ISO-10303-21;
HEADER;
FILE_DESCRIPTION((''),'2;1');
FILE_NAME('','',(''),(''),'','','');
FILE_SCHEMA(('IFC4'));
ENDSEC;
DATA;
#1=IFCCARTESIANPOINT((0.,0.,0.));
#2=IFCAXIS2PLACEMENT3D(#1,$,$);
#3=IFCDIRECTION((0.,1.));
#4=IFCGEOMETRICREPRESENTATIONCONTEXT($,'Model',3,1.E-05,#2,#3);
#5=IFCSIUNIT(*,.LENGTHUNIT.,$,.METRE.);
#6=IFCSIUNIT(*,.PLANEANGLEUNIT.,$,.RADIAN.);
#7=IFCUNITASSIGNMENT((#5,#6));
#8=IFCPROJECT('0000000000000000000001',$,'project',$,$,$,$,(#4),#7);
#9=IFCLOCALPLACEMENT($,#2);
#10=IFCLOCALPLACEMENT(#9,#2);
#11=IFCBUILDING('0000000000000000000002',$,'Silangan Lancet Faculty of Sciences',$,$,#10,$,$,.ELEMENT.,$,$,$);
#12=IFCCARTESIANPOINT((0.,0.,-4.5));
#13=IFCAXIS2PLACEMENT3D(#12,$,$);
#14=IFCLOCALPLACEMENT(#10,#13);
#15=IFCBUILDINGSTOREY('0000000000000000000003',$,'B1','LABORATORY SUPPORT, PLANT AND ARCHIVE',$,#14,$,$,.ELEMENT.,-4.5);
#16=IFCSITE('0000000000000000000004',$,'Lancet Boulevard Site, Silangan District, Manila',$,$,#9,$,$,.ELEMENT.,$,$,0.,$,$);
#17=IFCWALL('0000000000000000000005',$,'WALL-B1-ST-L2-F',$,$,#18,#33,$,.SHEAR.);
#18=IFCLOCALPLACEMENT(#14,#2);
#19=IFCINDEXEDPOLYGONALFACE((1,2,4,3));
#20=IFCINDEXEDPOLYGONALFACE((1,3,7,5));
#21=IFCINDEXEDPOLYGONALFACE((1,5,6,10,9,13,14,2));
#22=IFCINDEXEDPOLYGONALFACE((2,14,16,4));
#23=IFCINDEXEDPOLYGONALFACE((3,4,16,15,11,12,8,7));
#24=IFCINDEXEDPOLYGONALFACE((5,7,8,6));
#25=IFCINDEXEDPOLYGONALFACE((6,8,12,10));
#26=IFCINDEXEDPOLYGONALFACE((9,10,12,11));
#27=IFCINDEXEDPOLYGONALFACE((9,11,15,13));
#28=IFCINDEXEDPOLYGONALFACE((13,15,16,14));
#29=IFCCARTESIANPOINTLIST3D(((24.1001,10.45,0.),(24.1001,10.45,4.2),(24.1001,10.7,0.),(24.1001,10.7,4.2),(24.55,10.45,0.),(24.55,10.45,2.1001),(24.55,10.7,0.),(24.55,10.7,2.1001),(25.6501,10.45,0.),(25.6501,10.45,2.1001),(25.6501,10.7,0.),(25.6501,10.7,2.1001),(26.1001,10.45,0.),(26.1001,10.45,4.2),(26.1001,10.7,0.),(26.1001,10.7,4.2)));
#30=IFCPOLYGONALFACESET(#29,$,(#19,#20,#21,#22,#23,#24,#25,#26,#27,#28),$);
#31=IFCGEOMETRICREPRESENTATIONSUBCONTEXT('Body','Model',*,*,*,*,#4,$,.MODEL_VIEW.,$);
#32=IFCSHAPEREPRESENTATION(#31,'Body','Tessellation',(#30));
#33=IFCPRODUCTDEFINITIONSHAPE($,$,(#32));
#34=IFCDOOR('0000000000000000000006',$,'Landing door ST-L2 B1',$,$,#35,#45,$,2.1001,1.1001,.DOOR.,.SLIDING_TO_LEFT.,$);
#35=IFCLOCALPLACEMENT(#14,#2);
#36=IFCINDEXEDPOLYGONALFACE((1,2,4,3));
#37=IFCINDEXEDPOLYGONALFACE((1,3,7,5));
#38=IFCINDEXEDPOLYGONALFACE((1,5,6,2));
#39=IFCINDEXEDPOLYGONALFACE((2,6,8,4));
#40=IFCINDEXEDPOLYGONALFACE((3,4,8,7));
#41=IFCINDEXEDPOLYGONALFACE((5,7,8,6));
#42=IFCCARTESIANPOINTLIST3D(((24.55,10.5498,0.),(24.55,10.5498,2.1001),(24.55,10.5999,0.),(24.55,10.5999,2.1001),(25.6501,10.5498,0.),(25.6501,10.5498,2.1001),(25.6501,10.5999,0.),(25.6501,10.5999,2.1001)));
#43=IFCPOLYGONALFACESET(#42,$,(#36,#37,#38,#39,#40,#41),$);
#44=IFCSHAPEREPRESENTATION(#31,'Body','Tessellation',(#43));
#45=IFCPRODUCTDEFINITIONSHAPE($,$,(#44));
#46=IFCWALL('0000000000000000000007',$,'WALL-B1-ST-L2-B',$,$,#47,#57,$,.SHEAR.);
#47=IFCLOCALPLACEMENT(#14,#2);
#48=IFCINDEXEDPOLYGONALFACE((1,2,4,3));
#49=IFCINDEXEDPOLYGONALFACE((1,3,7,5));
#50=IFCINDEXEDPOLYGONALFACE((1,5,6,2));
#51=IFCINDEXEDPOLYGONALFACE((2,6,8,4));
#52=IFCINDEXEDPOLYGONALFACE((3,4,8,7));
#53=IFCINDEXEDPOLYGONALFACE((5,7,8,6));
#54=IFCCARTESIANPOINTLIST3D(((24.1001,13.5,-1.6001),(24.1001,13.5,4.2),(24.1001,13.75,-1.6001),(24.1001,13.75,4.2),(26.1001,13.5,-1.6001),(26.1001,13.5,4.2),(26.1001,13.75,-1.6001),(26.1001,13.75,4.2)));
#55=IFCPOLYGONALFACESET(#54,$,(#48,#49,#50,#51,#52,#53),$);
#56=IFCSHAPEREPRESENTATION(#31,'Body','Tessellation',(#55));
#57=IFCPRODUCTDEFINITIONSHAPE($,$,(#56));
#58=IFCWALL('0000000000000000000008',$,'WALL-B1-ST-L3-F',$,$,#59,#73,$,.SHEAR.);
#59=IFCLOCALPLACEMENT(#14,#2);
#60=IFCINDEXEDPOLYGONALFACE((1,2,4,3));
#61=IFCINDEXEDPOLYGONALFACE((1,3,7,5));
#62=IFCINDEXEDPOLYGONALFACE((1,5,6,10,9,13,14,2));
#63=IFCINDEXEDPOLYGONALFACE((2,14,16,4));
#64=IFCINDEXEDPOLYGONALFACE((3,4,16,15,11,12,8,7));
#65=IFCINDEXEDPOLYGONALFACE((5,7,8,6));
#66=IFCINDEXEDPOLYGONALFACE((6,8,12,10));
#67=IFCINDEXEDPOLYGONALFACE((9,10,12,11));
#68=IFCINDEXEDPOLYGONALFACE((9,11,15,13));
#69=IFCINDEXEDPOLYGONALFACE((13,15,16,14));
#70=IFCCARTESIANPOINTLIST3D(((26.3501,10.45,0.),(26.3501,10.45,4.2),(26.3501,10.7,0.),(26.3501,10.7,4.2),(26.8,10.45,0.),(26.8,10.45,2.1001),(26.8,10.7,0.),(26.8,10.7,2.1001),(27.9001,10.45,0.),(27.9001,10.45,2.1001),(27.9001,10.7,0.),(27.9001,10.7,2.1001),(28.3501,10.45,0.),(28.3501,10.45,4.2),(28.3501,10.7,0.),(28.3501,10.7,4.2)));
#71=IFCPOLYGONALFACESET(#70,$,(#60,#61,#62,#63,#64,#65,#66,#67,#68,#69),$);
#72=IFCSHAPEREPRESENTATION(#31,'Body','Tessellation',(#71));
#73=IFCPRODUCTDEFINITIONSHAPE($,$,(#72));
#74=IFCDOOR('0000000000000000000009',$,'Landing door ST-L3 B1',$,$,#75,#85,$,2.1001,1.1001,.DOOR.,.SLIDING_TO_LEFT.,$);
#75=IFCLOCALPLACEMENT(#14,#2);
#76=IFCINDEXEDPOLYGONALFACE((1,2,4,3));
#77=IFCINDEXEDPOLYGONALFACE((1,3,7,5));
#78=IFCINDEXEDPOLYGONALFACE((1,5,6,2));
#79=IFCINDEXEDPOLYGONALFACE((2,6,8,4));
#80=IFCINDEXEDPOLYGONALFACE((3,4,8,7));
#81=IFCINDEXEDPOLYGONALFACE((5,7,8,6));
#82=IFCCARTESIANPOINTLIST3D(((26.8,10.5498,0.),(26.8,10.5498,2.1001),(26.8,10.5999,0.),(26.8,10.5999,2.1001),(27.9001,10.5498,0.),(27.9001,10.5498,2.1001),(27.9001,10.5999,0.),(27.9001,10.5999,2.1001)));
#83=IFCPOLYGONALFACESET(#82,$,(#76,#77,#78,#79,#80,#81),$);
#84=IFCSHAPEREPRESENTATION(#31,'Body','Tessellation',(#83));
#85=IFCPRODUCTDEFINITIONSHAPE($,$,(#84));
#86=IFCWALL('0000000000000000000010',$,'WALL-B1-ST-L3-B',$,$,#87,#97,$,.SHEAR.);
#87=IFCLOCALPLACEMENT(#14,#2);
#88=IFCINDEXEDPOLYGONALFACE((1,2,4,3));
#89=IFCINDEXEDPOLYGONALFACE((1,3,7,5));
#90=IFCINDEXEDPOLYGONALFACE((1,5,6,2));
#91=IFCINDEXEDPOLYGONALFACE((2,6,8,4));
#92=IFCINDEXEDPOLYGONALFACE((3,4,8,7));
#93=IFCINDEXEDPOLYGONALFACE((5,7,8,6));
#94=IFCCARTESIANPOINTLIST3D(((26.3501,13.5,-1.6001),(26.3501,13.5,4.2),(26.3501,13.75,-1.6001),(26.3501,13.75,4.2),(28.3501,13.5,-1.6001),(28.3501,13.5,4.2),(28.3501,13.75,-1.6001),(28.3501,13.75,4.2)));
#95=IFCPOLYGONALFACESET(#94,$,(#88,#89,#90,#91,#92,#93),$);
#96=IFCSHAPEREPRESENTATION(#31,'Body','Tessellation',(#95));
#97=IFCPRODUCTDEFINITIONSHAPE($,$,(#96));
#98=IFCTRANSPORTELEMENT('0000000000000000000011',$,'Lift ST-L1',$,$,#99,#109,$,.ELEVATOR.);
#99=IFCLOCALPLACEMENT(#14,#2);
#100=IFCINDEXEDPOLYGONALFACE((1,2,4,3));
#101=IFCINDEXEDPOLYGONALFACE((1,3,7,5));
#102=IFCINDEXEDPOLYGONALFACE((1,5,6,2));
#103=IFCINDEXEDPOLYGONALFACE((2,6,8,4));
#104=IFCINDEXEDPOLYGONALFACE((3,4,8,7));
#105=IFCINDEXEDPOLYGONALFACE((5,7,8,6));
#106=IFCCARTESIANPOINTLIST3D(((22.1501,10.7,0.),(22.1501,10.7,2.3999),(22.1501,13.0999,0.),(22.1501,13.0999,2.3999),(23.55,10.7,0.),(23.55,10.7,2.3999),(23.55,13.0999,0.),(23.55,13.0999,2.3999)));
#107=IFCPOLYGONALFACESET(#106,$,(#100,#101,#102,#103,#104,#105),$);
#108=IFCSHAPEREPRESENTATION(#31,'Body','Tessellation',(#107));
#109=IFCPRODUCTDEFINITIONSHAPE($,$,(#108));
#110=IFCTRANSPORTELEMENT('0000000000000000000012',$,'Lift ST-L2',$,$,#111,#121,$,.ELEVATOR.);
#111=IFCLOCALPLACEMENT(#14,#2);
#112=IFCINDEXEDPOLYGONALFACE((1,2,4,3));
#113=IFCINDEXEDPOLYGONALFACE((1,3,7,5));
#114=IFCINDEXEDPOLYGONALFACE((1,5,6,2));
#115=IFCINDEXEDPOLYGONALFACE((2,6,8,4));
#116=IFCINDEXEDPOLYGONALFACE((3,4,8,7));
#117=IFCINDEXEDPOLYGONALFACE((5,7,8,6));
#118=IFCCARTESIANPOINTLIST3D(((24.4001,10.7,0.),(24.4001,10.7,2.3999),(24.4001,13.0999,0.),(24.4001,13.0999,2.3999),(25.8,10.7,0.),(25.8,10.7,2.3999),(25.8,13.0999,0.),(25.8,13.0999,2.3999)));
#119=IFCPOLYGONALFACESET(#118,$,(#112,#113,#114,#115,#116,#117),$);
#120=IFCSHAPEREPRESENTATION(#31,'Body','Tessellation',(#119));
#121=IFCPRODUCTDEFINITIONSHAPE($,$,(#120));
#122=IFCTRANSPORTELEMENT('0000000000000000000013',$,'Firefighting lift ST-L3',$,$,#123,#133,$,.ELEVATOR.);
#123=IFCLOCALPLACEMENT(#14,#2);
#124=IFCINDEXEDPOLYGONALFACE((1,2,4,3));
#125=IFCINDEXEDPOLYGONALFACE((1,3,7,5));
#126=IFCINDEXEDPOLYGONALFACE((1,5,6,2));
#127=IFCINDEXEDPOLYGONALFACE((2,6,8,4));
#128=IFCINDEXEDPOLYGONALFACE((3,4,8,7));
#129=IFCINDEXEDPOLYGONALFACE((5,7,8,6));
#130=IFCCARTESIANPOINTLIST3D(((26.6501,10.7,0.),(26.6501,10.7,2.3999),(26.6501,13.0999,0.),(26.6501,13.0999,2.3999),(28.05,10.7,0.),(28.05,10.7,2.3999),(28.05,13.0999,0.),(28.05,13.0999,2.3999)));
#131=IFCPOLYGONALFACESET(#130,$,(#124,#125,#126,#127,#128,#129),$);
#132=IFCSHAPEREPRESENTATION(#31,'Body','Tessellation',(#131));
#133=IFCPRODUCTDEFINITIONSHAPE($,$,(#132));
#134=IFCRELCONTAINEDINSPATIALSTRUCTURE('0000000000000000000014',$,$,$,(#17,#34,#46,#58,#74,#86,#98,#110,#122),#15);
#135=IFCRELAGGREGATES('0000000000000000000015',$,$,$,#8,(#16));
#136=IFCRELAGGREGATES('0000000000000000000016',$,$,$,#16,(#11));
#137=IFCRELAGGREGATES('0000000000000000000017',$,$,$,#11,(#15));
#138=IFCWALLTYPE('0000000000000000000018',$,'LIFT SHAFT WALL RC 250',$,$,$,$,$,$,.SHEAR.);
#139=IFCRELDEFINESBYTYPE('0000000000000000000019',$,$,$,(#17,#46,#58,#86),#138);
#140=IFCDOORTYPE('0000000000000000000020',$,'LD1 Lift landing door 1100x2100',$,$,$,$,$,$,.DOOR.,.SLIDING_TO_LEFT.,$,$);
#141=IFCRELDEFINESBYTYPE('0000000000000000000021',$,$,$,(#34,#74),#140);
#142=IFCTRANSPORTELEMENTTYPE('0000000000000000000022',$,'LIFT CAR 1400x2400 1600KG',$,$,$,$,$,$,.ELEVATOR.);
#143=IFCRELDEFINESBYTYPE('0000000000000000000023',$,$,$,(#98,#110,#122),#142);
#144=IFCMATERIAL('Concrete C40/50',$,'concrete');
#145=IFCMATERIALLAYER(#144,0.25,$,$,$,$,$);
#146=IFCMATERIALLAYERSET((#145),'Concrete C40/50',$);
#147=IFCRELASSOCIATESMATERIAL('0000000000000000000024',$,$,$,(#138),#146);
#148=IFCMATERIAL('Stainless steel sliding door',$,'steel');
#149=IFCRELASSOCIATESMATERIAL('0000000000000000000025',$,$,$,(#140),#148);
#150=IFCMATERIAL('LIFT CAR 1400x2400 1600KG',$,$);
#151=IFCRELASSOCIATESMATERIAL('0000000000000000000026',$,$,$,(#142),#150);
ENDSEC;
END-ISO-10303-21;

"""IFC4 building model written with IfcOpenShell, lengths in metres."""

from ifc_helpers import new_model, si_unit, direction, frame, frame_2d, origin, origin_2d, place, context, subcontext, project, spatial, rectangle, extrude, material, layer, layer_set, type_object, element, fill, save


model = new_model("IFC4")

# Units and contexts
model_context = context("Model", 3, precision=1e-05, world=origin(), true_north=direction((0.0, 1.0)))
body_context = subcontext(model_context, "Body", "Model", "MODEL_VIEW")
ifc_project = project(units=[si_unit("LENGTHUNIT", "METRE"), si_unit("PLANEANGLEUNIT", "RADIAN")], contexts=[model_context])

# Site, building, storey
site_placement = place(None, origin())
site = spatial("IfcSite", under=ifc_project, at=site_placement, Name="Lancet Boulevard Site, Silangan District, Manila", CompositionType="ELEMENT", RefElevation=0.0)
building_placement = place(site_placement, origin())
building = spatial("IfcBuilding", under=site, at=building_placement, Name="Silangan Lancet Faculty of Sciences", CompositionType="ELEMENT")
storey_placement = place(building_placement, frame((0.0, 0.0, -4.5)))
storey = spatial("IfcBuildingStorey", under=building, at=storey_placement, Name="B1", Description="LABORATORY SUPPORT, PLANT AND ARCHIVE", CompositionType="ELEMENT", Elevation=-4.5)

# Shared definitions
ifc_material_1 = material(Name="Concrete C40/50", Category="concrete")
ifc_layer_1 = layer(ifc_material_1, 0.25)
ifc_layer_set_1 = layer_set([ifc_layer_1], Name="Concrete C40/50")
wall_type_1 = type_object("IfcWallType", Name="LIFT SHAFT WALL RC 250", PredefinedType="SHEAR", material=ifc_layer_set_1)
ifc_material_2 = material(Name="Stainless steel sliding door", Category="steel")
door_type = type_object("IfcDoorType", Name="LD1 Lift landing door 1100x2100", OperationType="SLIDING_TO_LEFT", PredefinedType="DOOR", material=ifc_material_2)

# Wall, opening, door
wall_1_placement = place(storey_placement, frame((24.1001, 10.575, 0.0), z_axis=(0.0, 0.0, 1.0), x_axis=(1.0, 0.0, 0.0)))
wall_1 = element("IfcWall", 1, at=wall_1_placement, inside=storey, type_object=wall_type_1, Name="WALL-B1-ST-L2-F", PredefinedType="SHEAR", context=body_context, shape_type="SweptSolid", body=[
    extrude(rectangle(XDim=2.0, YDim=0.25, at=frame_2d((1.0, 0.0))), origin(), (0.0, 0.0, 1.0), 4.2),
])
opening_1_placement = place(wall_1_placement, frame((0.45, 0.0, 0.0)))
opening_1 = element("IfcOpeningElement", 2, at=opening_1_placement, cuts=wall_1, PredefinedType="OPENING", context=body_context, shape_type="SweptSolid", body=[
    extrude(rectangle(XDim=1.1001, YDim=2.1001, at=frame_2d((0.55, 1.05))), frame((0.0, 0.135, 0.0), z_axis=(0.0, -1.0, 0.0), x_axis=(1.0, 0.0, 0.0)), (0.0, 0.0, 1.0), 0.27),
])
door_1_placement = place(opening_1_placement, origin())
door_1 = element("IfcDoor", 3, at=door_1_placement, inside=storey, type_object=door_type, Name="Landing door ST-L2 B1", OperationType="SLIDING_TO_LEFT", OverallHeight=2.1001, OverallWidth=1.1001, PredefinedType="DOOR", context=body_context, shape_type="SweptSolid", body=[
    extrude(rectangle(XDim=1.1001, YDim=2.1001, at=frame_2d((0.55, 1.05))), frame((0.0, 0.0249, 0.0), z_axis=(0.0, -1.0, 0.0), x_axis=(1.0, 0.0, 0.0)), (0.0, 0.0, 1.0), 0.05),
])
fill(opening_1, door_1)

# Wall
wall_2_placement = place(storey_placement, frame((24.1001, 13.625, -1.6001), z_axis=(0.0, 0.0, 1.0), x_axis=(1.0, 0.0, 0.0)))
element("IfcWall", 4, at=wall_2_placement, inside=storey, type_object=wall_type_1, Name="WALL-B1-ST-L2-B", PredefinedType="SHEAR", context=body_context, shape_type="SweptSolid", body=[
    extrude(rectangle(XDim=2.0, YDim=0.25, at=frame_2d((1.0, 0.0))), origin(), (0.0, 0.0, 1.0), 5.8),
])

# Wall, opening, door
wall_3_placement = place(storey_placement, frame((26.3501, 10.575, 0.0), z_axis=(0.0, 0.0, 1.0), x_axis=(1.0, 0.0, 0.0)))
wall_3 = element("IfcWall", 5, at=wall_3_placement, inside=storey, type_object=wall_type_1, Name="WALL-B1-ST-L3-F", PredefinedType="SHEAR", context=body_context, shape_type="SweptSolid", body=[
    extrude(rectangle(XDim=2.0, YDim=0.25, at=frame_2d((1.0, 0.0))), origin(), (0.0, 0.0, 1.0), 4.2),
])
opening_2_placement = place(wall_3_placement, frame((0.45, 0.0, 0.0)))
opening_2 = element("IfcOpeningElement", 6, at=opening_2_placement, cuts=wall_3, PredefinedType="OPENING", context=body_context, shape_type="SweptSolid", body=[
    extrude(rectangle(XDim=1.1001, YDim=2.1001, at=frame_2d((0.55, 1.05))), frame((0.0, 0.135, 0.0), z_axis=(0.0, -1.0, 0.0), x_axis=(1.0, 0.0, 0.0)), (0.0, 0.0, 1.0), 0.27),
])
door_2_placement = place(opening_2_placement, origin())
door_2 = element("IfcDoor", 7, at=door_2_placement, inside=storey, type_object=door_type, Name="Landing door ST-L3 B1", OperationType="SLIDING_TO_LEFT", OverallHeight=2.1001, OverallWidth=1.1001, PredefinedType="DOOR", context=body_context, shape_type="SweptSolid", body=[
    extrude(rectangle(XDim=1.1001, YDim=2.1001, at=frame_2d((0.55, 1.05))), frame((0.0, 0.0249, 0.0), z_axis=(0.0, -1.0, 0.0), x_axis=(1.0, 0.0, 0.0)), (0.0, 0.0, 1.0), 0.05),
])
fill(opening_2, door_2)

# Wall
wall_4_placement = place(storey_placement, frame((26.3501, 13.625, -1.6001), z_axis=(0.0, 0.0, 1.0), x_axis=(1.0, 0.0, 0.0)))
element("IfcWall", 8, at=wall_4_placement, inside=storey, type_object=wall_type_1, Name="WALL-B1-ST-L3-B", PredefinedType="SHEAR", context=body_context, shape_type="SweptSolid", body=[
    extrude(rectangle(XDim=2.0, YDim=0.25, at=frame_2d((1.0, 0.0))), origin(), (0.0, 0.0, 1.0), 5.8),
])

# Transport elements
ifc_material_3 = material(Name="LIFT CAR 1400x2400 1600KG")
transport_element_type = type_object("IfcTransportElementType", Name="LIFT CAR 1400x2400 1600KG", PredefinedType="ELEVATOR", material=ifc_material_3)
for number, where, z_axis, x_axis, name in (
    (9, (22.8501, 11.8999, 0.0), (0.0, 0.0, 1.0), (1.0, 0.0, 0.0), "Lift ST-L1"),
    (10, (25.1001, 11.8999, 0.0), (0.0, 0.0, 1.0), (1.0, 0.0, 0.0), "Lift ST-L2"),
    (11, (27.3501, 11.8999, 0.0), (0.0, 0.0, 1.0), (1.0, 0.0, 0.0), "Firefighting lift ST-L3"),
):
    element("IfcTransportElement", number, at=place(storey_placement, frame(where, z_axis=z_axis, x_axis=x_axis)), inside=storey, type_object=transport_element_type, Name=name, PredefinedType="ELEVATOR", context=body_context, shape_type="SweptSolid", body=[
        extrude(rectangle(XDim=1.3999, YDim=2.3999, at=origin_2d()), origin(), (0.0, 0.0, 1.0), 2.3999),
    ])

save(model, "model.ifc")
